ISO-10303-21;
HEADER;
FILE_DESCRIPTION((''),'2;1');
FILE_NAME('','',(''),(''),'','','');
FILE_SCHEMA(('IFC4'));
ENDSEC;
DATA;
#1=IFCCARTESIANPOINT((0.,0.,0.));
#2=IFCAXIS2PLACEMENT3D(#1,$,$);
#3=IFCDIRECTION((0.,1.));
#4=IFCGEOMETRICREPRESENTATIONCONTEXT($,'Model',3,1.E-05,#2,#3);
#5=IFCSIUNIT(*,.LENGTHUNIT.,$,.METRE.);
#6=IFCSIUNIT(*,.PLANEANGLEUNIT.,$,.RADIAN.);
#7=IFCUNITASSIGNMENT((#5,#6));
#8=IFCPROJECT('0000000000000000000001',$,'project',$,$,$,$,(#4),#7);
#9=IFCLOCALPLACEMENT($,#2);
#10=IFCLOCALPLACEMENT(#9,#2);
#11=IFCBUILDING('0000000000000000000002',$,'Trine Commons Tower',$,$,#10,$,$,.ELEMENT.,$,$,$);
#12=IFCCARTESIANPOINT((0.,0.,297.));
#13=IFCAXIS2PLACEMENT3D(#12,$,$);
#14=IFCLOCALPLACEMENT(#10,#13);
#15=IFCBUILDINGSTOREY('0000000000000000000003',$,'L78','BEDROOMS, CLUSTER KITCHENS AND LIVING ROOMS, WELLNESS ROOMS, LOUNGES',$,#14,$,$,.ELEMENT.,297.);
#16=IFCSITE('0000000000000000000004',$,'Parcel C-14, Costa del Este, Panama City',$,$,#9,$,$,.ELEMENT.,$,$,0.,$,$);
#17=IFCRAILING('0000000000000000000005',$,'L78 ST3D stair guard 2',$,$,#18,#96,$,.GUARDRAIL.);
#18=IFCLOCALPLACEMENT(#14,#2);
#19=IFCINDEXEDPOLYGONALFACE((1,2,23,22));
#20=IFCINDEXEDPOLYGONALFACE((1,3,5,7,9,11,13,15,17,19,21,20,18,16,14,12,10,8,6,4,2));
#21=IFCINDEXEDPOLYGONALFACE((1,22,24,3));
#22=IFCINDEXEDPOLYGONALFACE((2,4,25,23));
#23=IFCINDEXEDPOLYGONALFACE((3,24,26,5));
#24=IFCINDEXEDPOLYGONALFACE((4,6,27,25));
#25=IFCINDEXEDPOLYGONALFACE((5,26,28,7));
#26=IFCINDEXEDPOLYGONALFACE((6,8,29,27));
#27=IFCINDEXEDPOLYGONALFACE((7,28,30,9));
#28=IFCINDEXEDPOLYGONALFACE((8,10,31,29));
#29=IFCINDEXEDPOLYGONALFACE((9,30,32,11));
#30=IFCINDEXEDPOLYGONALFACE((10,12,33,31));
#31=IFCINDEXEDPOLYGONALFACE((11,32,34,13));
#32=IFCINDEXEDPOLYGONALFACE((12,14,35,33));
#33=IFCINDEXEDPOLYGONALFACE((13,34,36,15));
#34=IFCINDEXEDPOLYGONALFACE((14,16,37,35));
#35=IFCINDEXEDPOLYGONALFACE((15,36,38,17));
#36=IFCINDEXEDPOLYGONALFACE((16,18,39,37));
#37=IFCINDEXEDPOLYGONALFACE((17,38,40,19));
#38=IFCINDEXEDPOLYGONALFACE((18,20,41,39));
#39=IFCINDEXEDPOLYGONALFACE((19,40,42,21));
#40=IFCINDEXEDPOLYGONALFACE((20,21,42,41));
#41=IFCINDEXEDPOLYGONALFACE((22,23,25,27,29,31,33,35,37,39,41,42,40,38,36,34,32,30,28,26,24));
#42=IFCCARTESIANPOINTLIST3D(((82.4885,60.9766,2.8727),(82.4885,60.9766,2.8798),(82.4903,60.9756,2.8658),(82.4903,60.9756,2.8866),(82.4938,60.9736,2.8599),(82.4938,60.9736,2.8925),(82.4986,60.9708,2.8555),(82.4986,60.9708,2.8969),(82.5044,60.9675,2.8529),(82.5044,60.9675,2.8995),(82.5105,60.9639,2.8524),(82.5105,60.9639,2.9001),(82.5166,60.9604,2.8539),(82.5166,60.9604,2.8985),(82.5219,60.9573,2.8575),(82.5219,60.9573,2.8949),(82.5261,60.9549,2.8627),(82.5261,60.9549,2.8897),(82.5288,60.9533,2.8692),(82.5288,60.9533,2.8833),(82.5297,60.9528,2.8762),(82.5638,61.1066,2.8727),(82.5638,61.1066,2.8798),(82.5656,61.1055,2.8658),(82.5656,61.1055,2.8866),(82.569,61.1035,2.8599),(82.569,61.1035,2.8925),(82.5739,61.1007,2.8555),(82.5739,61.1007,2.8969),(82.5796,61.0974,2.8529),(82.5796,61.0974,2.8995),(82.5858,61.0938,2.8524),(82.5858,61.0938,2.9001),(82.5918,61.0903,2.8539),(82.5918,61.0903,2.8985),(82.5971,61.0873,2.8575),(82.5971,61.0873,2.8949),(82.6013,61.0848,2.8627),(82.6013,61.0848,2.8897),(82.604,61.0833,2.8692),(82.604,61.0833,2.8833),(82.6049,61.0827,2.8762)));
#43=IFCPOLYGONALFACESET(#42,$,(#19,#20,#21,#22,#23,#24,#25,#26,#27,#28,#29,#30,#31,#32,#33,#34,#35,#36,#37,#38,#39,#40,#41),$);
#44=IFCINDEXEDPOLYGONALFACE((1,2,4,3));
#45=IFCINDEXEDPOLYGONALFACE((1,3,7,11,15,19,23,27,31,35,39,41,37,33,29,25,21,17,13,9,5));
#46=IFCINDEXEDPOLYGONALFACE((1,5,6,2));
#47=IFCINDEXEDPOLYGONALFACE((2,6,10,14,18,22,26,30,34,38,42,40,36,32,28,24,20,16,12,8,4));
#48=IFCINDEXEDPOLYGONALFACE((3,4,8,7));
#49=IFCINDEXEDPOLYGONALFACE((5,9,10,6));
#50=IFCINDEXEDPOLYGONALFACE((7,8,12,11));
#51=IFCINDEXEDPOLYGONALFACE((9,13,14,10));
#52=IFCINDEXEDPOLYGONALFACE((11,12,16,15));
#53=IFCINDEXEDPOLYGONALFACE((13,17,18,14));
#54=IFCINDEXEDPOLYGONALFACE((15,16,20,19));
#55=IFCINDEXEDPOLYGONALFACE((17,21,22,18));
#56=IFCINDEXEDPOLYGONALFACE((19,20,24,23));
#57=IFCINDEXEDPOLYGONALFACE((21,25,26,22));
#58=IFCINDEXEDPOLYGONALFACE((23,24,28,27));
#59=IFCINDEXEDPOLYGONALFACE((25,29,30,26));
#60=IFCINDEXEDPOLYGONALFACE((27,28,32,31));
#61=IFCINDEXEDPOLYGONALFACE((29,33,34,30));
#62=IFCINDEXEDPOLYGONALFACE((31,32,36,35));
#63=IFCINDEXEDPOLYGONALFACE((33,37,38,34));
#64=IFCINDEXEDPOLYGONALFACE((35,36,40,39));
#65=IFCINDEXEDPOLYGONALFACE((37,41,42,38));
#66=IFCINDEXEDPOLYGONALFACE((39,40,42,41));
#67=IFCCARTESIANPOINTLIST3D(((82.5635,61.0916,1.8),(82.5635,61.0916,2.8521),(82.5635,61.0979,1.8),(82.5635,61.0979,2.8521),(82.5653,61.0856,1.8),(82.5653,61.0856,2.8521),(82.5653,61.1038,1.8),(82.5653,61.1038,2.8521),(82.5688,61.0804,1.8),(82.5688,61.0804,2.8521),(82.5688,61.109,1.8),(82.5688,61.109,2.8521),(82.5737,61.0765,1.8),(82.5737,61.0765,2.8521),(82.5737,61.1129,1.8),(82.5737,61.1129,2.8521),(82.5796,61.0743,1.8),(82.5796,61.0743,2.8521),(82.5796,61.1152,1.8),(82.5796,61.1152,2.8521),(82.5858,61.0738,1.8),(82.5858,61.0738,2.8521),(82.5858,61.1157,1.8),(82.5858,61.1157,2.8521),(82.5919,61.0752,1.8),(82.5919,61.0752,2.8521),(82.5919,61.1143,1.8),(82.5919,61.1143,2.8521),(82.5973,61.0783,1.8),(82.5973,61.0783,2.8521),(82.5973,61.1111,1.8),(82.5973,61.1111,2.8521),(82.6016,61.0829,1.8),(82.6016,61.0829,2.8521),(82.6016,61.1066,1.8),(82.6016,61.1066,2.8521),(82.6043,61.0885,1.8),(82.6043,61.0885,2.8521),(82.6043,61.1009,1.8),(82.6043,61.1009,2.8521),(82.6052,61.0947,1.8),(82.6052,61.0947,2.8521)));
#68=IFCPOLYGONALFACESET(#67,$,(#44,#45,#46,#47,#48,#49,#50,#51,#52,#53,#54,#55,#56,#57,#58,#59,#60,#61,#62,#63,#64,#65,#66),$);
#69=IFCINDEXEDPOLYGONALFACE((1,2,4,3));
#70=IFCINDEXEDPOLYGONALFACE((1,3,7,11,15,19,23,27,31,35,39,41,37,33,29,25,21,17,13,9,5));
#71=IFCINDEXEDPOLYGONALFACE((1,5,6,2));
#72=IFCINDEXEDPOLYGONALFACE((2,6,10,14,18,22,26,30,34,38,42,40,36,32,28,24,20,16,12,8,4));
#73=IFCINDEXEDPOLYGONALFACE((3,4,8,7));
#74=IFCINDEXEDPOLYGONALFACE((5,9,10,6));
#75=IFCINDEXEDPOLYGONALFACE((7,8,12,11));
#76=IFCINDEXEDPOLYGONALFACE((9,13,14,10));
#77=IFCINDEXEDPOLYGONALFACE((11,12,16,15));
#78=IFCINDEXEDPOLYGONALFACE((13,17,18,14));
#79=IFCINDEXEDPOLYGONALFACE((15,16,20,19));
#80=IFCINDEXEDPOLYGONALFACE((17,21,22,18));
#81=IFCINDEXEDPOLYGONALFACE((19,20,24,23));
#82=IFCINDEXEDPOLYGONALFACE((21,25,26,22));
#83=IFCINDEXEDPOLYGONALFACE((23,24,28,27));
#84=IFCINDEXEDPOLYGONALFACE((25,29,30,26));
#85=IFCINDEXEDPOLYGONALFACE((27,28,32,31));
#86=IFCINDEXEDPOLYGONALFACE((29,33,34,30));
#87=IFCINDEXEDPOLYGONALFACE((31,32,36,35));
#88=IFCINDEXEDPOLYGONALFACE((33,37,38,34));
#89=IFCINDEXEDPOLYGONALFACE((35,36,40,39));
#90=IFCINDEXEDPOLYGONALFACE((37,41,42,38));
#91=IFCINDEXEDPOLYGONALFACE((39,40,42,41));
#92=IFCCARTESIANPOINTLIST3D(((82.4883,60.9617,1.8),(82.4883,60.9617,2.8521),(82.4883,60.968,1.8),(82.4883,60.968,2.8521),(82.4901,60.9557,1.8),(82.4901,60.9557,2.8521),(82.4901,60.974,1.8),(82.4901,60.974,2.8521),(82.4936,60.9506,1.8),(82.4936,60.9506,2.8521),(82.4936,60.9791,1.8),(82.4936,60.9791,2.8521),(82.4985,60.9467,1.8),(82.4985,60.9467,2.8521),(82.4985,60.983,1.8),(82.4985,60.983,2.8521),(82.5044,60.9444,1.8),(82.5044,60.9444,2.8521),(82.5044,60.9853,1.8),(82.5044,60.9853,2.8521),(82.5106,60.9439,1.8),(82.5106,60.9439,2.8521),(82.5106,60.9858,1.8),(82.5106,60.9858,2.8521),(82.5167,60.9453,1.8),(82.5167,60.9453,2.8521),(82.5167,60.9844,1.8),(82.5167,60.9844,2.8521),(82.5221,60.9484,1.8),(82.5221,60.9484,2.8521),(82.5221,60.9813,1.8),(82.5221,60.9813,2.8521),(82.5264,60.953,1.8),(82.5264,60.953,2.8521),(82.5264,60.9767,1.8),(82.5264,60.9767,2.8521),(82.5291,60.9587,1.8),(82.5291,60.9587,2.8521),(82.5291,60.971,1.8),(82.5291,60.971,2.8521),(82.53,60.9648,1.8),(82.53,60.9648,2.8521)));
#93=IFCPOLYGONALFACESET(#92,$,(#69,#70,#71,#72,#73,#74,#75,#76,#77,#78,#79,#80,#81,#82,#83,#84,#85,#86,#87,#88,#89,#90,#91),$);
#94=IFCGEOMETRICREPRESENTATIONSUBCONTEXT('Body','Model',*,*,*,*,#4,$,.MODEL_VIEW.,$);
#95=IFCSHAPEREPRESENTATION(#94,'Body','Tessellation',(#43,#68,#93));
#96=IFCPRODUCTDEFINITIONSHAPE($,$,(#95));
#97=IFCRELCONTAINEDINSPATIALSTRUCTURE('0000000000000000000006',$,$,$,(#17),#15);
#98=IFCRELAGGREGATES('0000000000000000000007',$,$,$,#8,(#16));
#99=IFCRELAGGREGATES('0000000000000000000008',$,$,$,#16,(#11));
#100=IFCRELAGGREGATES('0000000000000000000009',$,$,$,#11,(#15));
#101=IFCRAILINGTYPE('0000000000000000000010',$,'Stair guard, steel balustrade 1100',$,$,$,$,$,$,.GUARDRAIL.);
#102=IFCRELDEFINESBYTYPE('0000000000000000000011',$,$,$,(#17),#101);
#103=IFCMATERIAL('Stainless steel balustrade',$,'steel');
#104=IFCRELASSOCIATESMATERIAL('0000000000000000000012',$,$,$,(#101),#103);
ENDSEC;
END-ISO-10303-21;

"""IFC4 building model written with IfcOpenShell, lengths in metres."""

from ifc_helpers import new_model, si_unit, direction, frame, origin, origin_2d, place, context, subcontext, project, spatial, circle, extrude, material, type_object, element, save


model = new_model("IFC4")

# Units and contexts
model_context = context("Model", 3, precision=1e-05, world=origin(), true_north=direction((0.0, 1.0)))
body_context = subcontext(model_context, "Body", "Model", "MODEL_VIEW")
ifc_project = project(units=[si_unit("LENGTHUNIT", "METRE"), si_unit("PLANEANGLEUNIT", "RADIAN")], contexts=[model_context])

# Site, building, storey
site_placement = place(None, origin())
site = spatial("IfcSite", under=ifc_project, at=site_placement, Name="Parcel C-14, Costa del Este, Panama City", CompositionType="ELEMENT", RefElevation=0.0)
building_placement = place(site_placement, origin())
building = spatial("IfcBuilding", under=site, at=building_placement, Name="Trine Commons Tower", CompositionType="ELEMENT")
storey_placement = place(building_placement, frame((0.0, 0.0, 297.0)))
storey = spatial("IfcBuildingStorey", under=building, at=storey_placement, Name="L78", Description="BEDROOMS, CLUSTER KITCHENS AND LIVING ROOMS, WELLNESS ROOMS, LOUNGES", CompositionType="ELEMENT", Elevation=297.0)

# Railing
ifc_material_1 = material(Name="Stainless steel balustrade", Category="steel")
railing_type_1 = type_object("IfcRailingType", Name="Stair guard, steel balustrade 1100", PredefinedType="GUARDRAIL", material=ifc_material_1)
railing_1_placement = place(storey_placement, frame((82.5842, 61.0947, 1.8)))
element("IfcRailing", 1, at=railing_1_placement, inside=storey, type_object=railing_type_1, Name="L78 ST3D stair guard 2", PredefinedType="GUARDRAIL", context=body_context, shape_type="SweptSolid", body=[
    extrude(circle(Radius=0.0239, at=origin_2d()), frame((0.0, 0.0, 1.0762), z_axis=(-0.501036, -0.865426, 0.0), x_axis=(0.865426, -0.501036, 0.0)), (0.0, 0.0, 1.0), 0.1501),
    extrude(circle(Radius=0.021, at=origin_2d()), origin(), (0.0, 0.0, 1.0), 1.052),
    extrude(circle(Radius=0.021, at=origin_2d()), frame((-0.0752, -0.1299, 0.0)), (0.0, 0.0, 1.0), 1.052),
])

save(model, "model.ifc")
